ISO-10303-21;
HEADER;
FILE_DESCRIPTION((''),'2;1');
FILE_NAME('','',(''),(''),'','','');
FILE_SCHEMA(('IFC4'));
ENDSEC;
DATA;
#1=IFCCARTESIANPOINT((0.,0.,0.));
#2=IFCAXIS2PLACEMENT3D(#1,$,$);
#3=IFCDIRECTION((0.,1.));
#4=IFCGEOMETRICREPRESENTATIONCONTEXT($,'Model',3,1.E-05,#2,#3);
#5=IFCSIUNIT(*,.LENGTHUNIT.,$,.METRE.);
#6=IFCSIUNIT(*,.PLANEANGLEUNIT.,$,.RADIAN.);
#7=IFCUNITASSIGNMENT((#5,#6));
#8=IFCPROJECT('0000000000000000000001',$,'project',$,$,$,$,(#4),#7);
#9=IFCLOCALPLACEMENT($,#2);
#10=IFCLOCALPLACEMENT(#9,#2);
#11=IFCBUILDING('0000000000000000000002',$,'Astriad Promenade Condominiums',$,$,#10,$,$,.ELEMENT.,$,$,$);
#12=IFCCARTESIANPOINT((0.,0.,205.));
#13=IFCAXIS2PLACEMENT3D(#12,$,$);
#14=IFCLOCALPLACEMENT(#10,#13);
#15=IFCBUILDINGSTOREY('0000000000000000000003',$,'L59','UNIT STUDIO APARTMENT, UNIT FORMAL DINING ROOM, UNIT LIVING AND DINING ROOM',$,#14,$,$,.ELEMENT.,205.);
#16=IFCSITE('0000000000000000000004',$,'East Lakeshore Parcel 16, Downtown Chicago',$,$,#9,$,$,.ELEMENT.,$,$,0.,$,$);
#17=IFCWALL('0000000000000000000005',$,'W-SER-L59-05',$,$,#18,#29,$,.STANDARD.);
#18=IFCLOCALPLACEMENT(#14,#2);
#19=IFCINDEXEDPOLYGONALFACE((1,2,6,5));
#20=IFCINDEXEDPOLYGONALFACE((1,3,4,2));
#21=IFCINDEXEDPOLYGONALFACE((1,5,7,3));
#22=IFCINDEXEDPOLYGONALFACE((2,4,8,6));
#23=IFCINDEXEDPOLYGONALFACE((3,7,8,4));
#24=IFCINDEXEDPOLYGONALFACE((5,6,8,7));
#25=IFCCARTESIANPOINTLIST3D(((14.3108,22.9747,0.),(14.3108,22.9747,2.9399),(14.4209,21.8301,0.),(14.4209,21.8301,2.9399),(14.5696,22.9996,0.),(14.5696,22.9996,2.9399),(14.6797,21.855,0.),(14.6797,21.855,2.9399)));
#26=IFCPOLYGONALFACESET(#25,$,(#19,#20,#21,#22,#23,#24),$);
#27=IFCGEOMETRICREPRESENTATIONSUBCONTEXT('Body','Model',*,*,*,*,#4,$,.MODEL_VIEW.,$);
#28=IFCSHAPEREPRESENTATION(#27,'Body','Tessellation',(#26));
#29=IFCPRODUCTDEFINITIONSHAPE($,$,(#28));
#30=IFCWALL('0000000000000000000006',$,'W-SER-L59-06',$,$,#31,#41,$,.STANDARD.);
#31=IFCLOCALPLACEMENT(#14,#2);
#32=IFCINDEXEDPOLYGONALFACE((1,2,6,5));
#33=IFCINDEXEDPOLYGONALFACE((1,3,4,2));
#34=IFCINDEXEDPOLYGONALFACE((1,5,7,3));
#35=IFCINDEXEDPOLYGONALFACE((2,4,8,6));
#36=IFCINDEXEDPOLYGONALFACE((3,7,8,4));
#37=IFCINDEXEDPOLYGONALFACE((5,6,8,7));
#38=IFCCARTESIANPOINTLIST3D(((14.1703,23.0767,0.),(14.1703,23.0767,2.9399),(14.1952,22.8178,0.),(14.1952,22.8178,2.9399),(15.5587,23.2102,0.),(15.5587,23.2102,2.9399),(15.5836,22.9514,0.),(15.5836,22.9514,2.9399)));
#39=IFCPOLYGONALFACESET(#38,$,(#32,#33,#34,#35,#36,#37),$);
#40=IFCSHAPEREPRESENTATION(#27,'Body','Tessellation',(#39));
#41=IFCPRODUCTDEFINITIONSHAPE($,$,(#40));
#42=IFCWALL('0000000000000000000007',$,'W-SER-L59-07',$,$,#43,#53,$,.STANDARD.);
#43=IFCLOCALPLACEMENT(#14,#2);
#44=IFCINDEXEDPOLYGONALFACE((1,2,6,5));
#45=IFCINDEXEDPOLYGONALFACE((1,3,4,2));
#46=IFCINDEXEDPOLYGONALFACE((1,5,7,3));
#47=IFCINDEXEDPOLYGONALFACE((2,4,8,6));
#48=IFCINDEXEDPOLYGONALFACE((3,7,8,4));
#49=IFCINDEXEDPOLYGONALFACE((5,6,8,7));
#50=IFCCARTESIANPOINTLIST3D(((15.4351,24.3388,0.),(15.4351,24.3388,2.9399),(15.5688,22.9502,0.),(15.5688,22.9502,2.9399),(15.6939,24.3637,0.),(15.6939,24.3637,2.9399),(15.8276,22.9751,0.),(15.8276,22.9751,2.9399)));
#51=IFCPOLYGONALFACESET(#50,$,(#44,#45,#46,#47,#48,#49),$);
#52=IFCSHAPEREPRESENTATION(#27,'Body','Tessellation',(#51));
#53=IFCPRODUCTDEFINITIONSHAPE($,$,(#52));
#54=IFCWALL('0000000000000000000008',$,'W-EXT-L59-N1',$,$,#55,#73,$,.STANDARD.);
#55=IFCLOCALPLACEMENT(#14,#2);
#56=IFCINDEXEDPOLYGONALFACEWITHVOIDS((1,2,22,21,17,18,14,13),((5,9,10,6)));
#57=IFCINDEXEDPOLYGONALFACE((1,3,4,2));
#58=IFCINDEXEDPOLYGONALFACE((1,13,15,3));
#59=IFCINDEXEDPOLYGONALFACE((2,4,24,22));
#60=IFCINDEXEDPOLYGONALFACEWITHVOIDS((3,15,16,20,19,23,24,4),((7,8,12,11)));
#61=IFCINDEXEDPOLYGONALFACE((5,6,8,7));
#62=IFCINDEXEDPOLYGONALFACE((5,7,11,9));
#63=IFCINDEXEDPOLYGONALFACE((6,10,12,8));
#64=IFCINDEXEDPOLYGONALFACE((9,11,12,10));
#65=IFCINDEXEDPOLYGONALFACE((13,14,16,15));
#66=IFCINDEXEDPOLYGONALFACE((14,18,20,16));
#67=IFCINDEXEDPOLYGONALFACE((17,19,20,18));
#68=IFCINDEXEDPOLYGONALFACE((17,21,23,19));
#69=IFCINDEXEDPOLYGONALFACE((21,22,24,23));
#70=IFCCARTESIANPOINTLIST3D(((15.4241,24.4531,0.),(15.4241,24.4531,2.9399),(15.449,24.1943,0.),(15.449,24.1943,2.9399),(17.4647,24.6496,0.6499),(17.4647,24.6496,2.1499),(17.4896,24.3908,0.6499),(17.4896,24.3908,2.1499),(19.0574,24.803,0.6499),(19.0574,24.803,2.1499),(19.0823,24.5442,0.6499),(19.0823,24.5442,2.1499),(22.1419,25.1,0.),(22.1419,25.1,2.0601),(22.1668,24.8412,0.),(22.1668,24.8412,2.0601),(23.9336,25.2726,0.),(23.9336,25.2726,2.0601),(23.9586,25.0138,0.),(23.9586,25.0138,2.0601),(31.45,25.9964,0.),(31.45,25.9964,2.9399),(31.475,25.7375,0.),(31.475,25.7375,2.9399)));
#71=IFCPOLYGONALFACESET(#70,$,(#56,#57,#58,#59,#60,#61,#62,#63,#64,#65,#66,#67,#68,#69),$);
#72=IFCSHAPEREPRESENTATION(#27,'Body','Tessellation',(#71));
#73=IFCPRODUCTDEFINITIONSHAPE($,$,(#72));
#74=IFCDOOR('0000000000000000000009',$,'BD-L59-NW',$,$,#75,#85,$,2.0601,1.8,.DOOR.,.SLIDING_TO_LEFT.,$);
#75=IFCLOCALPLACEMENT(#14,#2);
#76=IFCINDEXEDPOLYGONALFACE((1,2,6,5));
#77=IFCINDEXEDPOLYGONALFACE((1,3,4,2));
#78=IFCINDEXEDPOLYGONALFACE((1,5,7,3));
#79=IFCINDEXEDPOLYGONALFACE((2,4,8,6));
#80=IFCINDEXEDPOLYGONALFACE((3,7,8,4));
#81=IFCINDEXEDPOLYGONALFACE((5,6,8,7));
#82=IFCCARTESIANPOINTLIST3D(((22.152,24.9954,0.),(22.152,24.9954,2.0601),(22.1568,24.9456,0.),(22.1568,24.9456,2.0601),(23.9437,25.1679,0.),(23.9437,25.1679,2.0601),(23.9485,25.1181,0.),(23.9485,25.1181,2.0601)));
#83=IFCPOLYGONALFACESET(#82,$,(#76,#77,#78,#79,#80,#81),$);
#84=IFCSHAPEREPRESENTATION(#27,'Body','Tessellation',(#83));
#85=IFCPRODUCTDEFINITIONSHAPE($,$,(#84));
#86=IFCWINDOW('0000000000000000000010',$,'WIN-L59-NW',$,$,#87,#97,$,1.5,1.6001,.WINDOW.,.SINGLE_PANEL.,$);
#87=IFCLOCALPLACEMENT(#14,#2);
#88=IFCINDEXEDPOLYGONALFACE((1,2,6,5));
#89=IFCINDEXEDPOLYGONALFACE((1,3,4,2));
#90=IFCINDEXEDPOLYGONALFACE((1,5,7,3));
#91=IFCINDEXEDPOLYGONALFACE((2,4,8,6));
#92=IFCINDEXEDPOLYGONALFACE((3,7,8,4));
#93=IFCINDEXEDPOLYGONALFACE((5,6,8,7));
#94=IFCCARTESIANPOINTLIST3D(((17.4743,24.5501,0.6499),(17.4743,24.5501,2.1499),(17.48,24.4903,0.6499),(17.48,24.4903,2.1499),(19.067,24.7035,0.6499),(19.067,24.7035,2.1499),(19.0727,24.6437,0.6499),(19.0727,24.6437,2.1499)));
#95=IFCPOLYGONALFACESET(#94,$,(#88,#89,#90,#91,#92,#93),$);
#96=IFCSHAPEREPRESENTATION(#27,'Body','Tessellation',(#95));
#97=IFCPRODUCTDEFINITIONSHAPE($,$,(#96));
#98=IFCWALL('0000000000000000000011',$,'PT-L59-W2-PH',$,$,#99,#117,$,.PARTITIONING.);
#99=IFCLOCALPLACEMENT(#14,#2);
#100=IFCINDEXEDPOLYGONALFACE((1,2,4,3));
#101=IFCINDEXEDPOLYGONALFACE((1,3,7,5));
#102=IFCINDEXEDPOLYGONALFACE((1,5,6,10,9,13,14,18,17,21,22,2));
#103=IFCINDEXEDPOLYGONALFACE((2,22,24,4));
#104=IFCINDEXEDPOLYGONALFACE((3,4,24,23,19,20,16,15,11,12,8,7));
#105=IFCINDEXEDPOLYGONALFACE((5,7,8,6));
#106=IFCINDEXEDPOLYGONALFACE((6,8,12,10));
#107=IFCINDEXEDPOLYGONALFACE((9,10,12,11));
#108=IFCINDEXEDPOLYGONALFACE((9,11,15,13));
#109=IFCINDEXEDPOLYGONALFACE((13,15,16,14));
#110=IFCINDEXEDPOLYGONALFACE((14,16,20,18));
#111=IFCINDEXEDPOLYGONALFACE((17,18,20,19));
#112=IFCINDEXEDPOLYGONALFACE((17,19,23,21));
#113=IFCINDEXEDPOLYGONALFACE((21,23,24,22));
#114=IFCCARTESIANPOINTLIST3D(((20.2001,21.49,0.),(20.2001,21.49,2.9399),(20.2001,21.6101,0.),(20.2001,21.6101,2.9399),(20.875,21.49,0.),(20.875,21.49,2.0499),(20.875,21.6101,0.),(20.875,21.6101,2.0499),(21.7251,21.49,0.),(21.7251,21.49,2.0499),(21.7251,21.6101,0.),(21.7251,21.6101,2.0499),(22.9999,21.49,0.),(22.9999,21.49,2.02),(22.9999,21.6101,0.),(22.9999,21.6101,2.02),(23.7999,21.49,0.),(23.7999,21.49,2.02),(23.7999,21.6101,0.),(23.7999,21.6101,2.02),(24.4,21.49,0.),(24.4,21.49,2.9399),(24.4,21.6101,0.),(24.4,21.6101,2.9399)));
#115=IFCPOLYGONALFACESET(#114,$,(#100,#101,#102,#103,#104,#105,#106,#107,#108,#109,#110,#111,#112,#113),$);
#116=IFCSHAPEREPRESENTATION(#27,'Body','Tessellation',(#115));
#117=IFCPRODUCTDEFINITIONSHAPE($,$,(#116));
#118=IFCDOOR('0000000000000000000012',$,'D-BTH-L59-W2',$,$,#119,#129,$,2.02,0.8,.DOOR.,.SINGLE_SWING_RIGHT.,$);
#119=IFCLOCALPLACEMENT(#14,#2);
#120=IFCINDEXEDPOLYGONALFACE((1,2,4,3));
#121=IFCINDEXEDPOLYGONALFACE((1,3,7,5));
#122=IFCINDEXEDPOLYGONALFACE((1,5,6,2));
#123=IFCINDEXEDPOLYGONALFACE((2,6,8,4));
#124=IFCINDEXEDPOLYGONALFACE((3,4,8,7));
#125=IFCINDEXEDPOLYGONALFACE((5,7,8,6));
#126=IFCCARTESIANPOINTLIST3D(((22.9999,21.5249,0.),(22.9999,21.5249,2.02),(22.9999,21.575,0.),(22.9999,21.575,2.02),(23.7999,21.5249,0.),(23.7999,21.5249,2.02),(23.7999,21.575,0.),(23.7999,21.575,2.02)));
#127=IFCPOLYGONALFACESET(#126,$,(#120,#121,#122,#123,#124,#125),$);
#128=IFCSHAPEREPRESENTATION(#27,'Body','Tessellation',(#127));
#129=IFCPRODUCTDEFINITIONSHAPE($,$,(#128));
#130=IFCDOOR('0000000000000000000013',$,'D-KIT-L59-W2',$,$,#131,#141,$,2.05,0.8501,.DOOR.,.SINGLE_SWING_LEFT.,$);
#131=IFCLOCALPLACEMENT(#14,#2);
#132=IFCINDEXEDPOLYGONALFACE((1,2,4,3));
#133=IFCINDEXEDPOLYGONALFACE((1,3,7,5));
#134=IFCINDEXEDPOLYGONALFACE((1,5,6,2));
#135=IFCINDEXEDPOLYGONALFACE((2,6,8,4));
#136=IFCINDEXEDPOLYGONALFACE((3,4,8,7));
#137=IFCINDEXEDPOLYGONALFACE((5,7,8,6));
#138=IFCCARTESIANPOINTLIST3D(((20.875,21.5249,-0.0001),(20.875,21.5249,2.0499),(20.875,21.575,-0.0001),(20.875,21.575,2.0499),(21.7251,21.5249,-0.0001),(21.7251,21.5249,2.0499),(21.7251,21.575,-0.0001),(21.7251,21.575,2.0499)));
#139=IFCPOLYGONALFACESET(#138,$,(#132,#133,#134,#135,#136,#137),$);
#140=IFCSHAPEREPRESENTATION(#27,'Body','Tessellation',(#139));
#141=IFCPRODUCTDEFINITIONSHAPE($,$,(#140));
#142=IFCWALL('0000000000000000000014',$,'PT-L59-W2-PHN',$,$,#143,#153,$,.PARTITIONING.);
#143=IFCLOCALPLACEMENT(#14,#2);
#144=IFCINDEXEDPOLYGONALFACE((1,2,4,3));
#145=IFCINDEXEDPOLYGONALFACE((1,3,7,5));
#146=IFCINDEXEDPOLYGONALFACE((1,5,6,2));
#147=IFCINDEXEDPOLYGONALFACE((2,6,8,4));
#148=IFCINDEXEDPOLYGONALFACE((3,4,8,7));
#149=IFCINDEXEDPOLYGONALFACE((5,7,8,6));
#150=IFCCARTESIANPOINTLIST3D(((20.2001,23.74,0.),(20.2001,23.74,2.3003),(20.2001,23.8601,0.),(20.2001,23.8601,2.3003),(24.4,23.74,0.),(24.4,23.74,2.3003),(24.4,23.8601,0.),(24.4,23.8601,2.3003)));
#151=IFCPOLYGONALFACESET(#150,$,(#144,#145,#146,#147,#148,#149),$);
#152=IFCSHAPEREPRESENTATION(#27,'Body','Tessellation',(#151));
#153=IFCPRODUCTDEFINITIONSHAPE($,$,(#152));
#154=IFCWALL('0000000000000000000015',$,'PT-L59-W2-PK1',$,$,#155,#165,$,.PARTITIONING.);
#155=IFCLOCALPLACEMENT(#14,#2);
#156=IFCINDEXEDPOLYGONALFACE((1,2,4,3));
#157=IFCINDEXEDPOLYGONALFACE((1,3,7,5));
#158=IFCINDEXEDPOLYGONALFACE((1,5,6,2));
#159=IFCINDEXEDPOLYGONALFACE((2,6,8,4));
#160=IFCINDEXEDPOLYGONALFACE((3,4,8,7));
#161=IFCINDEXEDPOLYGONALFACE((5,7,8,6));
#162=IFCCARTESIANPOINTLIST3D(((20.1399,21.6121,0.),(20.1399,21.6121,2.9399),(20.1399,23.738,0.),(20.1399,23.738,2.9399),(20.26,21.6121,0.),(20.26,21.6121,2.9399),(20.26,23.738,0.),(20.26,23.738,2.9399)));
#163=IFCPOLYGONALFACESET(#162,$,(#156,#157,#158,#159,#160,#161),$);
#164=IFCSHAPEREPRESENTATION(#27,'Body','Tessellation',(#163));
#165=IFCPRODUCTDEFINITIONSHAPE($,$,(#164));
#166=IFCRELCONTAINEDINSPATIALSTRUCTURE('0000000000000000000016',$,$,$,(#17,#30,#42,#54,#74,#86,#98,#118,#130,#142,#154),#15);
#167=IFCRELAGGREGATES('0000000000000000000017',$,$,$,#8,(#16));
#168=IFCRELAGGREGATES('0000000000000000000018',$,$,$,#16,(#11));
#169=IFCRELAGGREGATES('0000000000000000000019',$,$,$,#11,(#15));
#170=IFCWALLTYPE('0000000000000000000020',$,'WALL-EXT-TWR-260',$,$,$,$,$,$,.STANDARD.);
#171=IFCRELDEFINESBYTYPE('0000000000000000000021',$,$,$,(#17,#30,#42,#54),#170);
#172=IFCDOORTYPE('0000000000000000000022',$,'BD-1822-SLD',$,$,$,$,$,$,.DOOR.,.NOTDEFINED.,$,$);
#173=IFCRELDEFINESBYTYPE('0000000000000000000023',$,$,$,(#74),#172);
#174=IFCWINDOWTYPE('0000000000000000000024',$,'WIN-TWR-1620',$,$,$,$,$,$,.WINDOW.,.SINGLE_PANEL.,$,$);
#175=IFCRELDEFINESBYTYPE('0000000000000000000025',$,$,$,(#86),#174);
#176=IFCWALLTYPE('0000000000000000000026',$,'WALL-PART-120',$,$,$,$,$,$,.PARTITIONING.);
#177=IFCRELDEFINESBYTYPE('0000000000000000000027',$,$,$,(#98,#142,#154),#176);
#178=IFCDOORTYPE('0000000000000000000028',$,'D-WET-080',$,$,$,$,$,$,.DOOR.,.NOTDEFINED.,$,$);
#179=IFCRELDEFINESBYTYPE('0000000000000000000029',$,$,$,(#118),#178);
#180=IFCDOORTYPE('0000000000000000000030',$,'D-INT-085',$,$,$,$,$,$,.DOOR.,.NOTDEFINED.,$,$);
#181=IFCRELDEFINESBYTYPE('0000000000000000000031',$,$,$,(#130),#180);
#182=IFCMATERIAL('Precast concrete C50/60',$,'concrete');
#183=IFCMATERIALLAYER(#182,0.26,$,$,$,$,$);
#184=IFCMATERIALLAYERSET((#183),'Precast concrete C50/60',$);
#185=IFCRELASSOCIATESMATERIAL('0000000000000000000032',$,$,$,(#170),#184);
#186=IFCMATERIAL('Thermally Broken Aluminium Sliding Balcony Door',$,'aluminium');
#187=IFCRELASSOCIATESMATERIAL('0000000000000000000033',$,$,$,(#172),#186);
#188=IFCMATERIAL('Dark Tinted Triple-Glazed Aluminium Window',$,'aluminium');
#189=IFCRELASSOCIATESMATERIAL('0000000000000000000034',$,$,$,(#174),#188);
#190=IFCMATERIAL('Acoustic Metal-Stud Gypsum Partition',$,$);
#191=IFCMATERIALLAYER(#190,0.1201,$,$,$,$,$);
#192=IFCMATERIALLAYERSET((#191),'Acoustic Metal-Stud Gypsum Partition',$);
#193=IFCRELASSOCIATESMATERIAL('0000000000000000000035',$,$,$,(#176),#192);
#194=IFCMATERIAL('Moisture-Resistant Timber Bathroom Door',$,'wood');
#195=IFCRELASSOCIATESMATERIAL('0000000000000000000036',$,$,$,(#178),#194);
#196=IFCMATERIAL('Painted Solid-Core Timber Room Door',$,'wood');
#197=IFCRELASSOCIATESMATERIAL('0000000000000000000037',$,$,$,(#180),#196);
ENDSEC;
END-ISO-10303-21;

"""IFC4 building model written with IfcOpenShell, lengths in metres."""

from ifc_helpers import new_model, si_unit, direction, frame, frame_2d, origin, place, context, subcontext, project, spatial, rectangle, extrude, source, transform, mapped, material, layer, layer_set, type_object, type_shapes, element, fill, save


model = new_model("IFC4")

# Units and contexts
model_context = context("Model", 3, precision=1e-05, world=origin(), true_north=direction((0.0, 1.0)))
body_context = subcontext(model_context, "Body", "Model", "MODEL_VIEW")
ifc_project = project(units=[si_unit("LENGTHUNIT", "METRE"), si_unit("PLANEANGLEUNIT", "RADIAN")], contexts=[model_context])

# Site, building, storey
site_placement = place(None, origin())
site = spatial("IfcSite", under=ifc_project, at=site_placement, Name="East Lakeshore Parcel 16, Downtown Chicago", CompositionType="ELEMENT", RefElevation=0.0)
building_placement = place(site_placement, origin())
building = spatial("IfcBuilding", under=site, at=building_placement, Name="Astriad Promenade Condominiums", CompositionType="ELEMENT")
storey_placement = place(building_placement, frame((0.0, 0.0, 205.0)))
storey = spatial("IfcBuildingStorey", under=building, at=storey_placement, Name="L59", Description="UNIT STUDIO APARTMENT, UNIT FORMAL DINING ROOM, UNIT LIVING AND DINING ROOM", CompositionType="ELEMENT", Elevation=205.0)

# Walls
ifc_material_1 = material(Name="Precast concrete C50/60", Category="concrete")
ifc_layer_1 = layer(ifc_material_1, 0.26)
ifc_layer_set_1 = layer_set([ifc_layer_1], Name="Precast concrete C50/60")
wall_type_1 = type_object("IfcWallType", Name="WALL-EXT-TWR-260", PredefinedType="STANDARD", material=ifc_layer_set_1)
wall_1_placement = place(storey_placement, frame((14.5503, 21.8425, 0.0), z_axis=(0.0, 0.0, 1.0), x_axis=(-0.095761, 0.995404, 0.0)))
element("IfcWall", 1, at=wall_1_placement, inside=storey, type_object=wall_type_1, Name="W-SER-L59-05", PredefinedType="STANDARD", context=body_context, shape_type="SweptSolid", body=[
    extrude(rectangle(XDim=1.1499, YDim=0.26, at=frame_2d((0.575, 0.0))), origin(), (0.0, 0.0, 1.0), 2.9399),
])
wall_2_placement = place(storey_placement, frame((14.1829, 22.9473, 0.0), z_axis=(0.0, 0.0, 1.0), x_axis=(0.995406, 0.095742, 0.0)))
element("IfcWall", 2, at=wall_2_placement, inside=storey, type_object=wall_type_1, Name="W-SER-L59-06", PredefinedType="STANDARD", context=body_context, shape_type="SweptSolid", body=[
    extrude(rectangle(XDim=1.3948, YDim=0.26, at=frame_2d((0.6973, 0.0))), origin(), (0.0, 0.0, 1.0), 2.9399),
])
wall_3_placement = place(storey_placement, frame((15.6982, 22.9626, 0.0), z_axis=(0.0, 0.0, 1.0), x_axis=(-0.095899, 0.995391, 0.0)))
element("IfcWall", 3, at=wall_3_placement, inside=storey, type_object=wall_type_1, Name="W-SER-L59-07", PredefinedType="STANDARD", context=body_context, shape_type="SweptSolid", body=[
    extrude(rectangle(XDim=1.395, YDim=0.26, at=frame_2d((0.6975, 0.0))), origin(), (0.0, 0.0, 1.0), 2.9399),
])

# Wall, openings, door, window
wall_4_placement = place(storey_placement, frame((15.4365, 24.3237, 0.0), z_axis=(0.0, 0.0, 1.0), x_axis=(0.995396, 0.095852, 0.0)))
wall_4 = element("IfcWall", 4, at=wall_4_placement, inside=storey, type_object=wall_type_1, Name="W-EXT-L59-N1", PredefinedType="STANDARD", context=body_context, shape_type="SweptSolid", body=[
    extrude(rectangle(XDim=16.1001, YDim=0.26, at=frame_2d((8.05, 0.0))), origin(), (0.0, 0.0, 1.0), 2.9399),
])
opening_1_placement = place(wall_4_placement, frame((6.749, 0.0, 0.0)))
opening_1 = element("IfcOpeningElement", 5, at=opening_1_placement, cuts=wall_4, PredefinedType="OPENING", context=body_context, shape_type="SweptSolid", body=[
    extrude(rectangle(XDim=1.8, YDim=2.0601, at=frame_2d((0.8999, 1.03))), frame((0.0, 0.1399, 0.0), z_axis=(0.0, -1.0, 0.0), x_axis=(1.0, 0.0, 0.0)), (0.0, 0.0, 1.0), 0.28),
])
opening_2_placement = place(wall_4_placement, frame((2.05, 0.0, 0.6499)))
opening_2 = element("IfcOpeningElement", 6, at=opening_2_placement, cuts=wall_4, PredefinedType="OPENING", context=body_context, shape_type="SweptSolid", body=[
    extrude(rectangle(XDim=1.6001, YDim=1.5, at=frame_2d((0.8, 0.75))), frame((0.0, 0.1399, 0.0), z_axis=(0.0, -1.0, 0.0), x_axis=(1.0, 0.0, 0.0)), (0.0, 0.0, 1.0), 0.28),
])
ifc_material_2 = material(Name="Thermally Broken Aluminium Sliding Balcony Door", Category="aluminium")
door_type_1 = type_object("IfcDoorType", Name="BD-1822-SLD", OperationType="NOTDEFINED", PredefinedType="DOOR", material=ifc_material_2)
shared_shape_1 = source(origin(), body_context, "Body", "SweptSolid", [
    extrude(rectangle(XDim=1.8, YDim=2.0601, at=frame_2d((0.8999, 1.03))), frame((0.0, 0.0249, 0.0), z_axis=(0.0, -1.0, 0.0), x_axis=(1.0, 0.0, 0.0)), (0.0, 0.0, 1.0), 0.05),
])
type_shapes(door_type_1, [shared_shape_1])
door_1_placement = place(opening_1_placement, origin())
door_1 = element("IfcDoor", 7, at=door_1_placement, inside=storey, type_object=door_type_1, Name="BD-L59-NW", OperationType="SLIDING_TO_LEFT", OverallHeight=2.0601, OverallWidth=1.8, PredefinedType="DOOR", context=body_context, shape_type="MappedRepresentation", body=[
    mapped(shared_shape_1, transform((0.0, 0.0, 0.0), scale=1.0)),
])
fill(opening_1, door_1)
ifc_material_3 = material(Name="Dark Tinted Triple-Glazed Aluminium Window", Category="aluminium")
window_type = type_object("IfcWindowType", Name="WIN-TWR-1620", PartitioningType="SINGLE_PANEL", PredefinedType="WINDOW", material=ifc_material_3)
shared_shape_2 = source(origin(), body_context, "Body", "SweptSolid", [
    extrude(rectangle(XDim=1.6001, YDim=1.5, at=frame_2d((0.8, 0.75))), frame((0.0, 0.03, 0.0), z_axis=(0.0, -1.0, 0.0), x_axis=(1.0, 0.0, 0.0)), (0.0, 0.0, 1.0), 0.0601),
])
type_shapes(window_type, [shared_shape_2])
window_placement = place(opening_2_placement, origin())
window = element("IfcWindow", 8, at=window_placement, inside=storey, type_object=window_type, Name="WIN-L59-NW", OverallHeight=1.5, OverallWidth=1.6001, PartitioningType="SINGLE_PANEL", PredefinedType="WINDOW", context=body_context, shape_type="MappedRepresentation", body=[
    mapped(shared_shape_2, transform((0.0, 0.0, 0.0), scale=1.0)),
])
fill(opening_2, window)

# Wall, openings, doors
ifc_material_4 = material(Name="Acoustic Metal-Stud Gypsum Partition")
ifc_layer_2 = layer(ifc_material_4, 0.1201)
ifc_layer_set_2 = layer_set([ifc_layer_2], Name="Acoustic Metal-Stud Gypsum Partition")
wall_type_2 = type_object("IfcWallType", Name="WALL-PART-120", PredefinedType="PARTITIONING", material=ifc_layer_set_2)
wall_5_placement = place(storey_placement, frame((20.2, 21.55, 0.0), z_axis=(0.0, 0.0, 1.0), x_axis=(1.0, 0.0, 0.0)))
wall_5 = element("IfcWall", 9, at=wall_5_placement, inside=storey, type_object=wall_type_2, Name="PT-L59-W2-PH", PredefinedType="PARTITIONING", context=body_context, shape_type="SweptSolid", body=[
    extrude(rectangle(XDim=4.2, YDim=0.1201, at=frame_2d((2.1001, 0.0))), origin(), (0.0, 0.0, 1.0), 2.9399),
])
opening_3_placement = place(wall_5_placement, frame((0.675, 0.0, 0.0)))
opening_3 = element("IfcOpeningElement", 10, at=opening_3_placement, cuts=wall_5, PredefinedType="OPENING", context=body_context, shape_type="SweptSolid", body=[
    extrude(rectangle(XDim=0.8501, YDim=2.05, at=frame_2d((0.425, 1.0249))), frame((0.0, 0.0701, 0.0), z_axis=(0.0, -1.0, 0.0), x_axis=(1.0, 0.0, 0.0)), (0.0, 0.0, 1.0), 0.1401),
])
opening_4_placement = place(wall_5_placement, frame((2.8, 0.0, 0.0)))
opening_4 = element("IfcOpeningElement", 11, at=opening_4_placement, cuts=wall_5, PredefinedType="OPENING", context=body_context, shape_type="SweptSolid", body=[
    extrude(rectangle(XDim=0.8, YDim=2.02, at=frame_2d((0.3999, 1.01))), frame((0.0, 0.0701, 0.0), z_axis=(0.0, -1.0, 0.0), x_axis=(1.0, 0.0, 0.0)), (0.0, 0.0, 1.0), 0.1401),
])
ifc_material_5 = material(Name="Moisture-Resistant Timber Bathroom Door", Category="wood")
door_type_2 = type_object("IfcDoorType", Name="D-WET-080", OperationType="NOTDEFINED", PredefinedType="DOOR", material=ifc_material_5)
shared_shape_3 = source(origin(), body_context, "Body", "SweptSolid", [
    extrude(rectangle(XDim=0.8, YDim=2.02, at=frame_2d((0.3999, 1.01))), frame((0.0, 0.0249, 0.0), z_axis=(0.0, -1.0, 0.0), x_axis=(1.0, 0.0, 0.0)), (0.0, 0.0, 1.0), 0.05),
])
type_shapes(door_type_2, [shared_shape_3])
door_2_placement = place(opening_4_placement, origin())
door_2 = element("IfcDoor", 12, at=door_2_placement, inside=storey, type_object=door_type_2, Name="D-BTH-L59-W2", OperationType="SINGLE_SWING_RIGHT", OverallHeight=2.02, OverallWidth=0.8, PredefinedType="DOOR", context=body_context, shape_type="MappedRepresentation", body=[
    mapped(shared_shape_3, transform((0.0, 0.0, 0.0), scale=1.0)),
])
fill(opening_4, door_2)
ifc_material_6 = material(Name="Painted Solid-Core Timber Room Door", Category="wood")
door_type_3 = type_object("IfcDoorType", Name="D-INT-085", OperationType="NOTDEFINED", PredefinedType="DOOR", material=ifc_material_6)
shared_shape_4 = source(origin(), body_context, "Body", "SweptSolid", [
    extrude(rectangle(XDim=0.8501, YDim=2.05, at=frame_2d((0.425, 1.0249))), frame((0.0, 0.0249, 0.0), z_axis=(0.0, -1.0, 0.0), x_axis=(1.0, 0.0, 0.0)), (0.0, 0.0, 1.0), 0.05),
])
type_shapes(door_type_3, [shared_shape_4])
door_3_placement = place(opening_3_placement, origin())
door_3 = element("IfcDoor", 13, at=door_3_placement, inside=storey, type_object=door_type_3, Name="D-KIT-L59-W2", OperationType="SINGLE_SWING_LEFT", OverallHeight=2.05, OverallWidth=0.8501, PredefinedType="DOOR", context=body_context, shape_type="MappedRepresentation", body=[
    mapped(shared_shape_4, transform((0.0, 0.0, 0.0), scale=1.0)),
])
fill(opening_3, door_3)

# Walls
wall_6_placement = place(storey_placement, frame((20.2, 23.8, 0.0), z_axis=(0.0, 0.0, 1.0), x_axis=(1.0, 0.0, 0.0)))
element("IfcWall", 14, at=wall_6_placement, inside=storey, type_object=wall_type_2, Name="PT-L59-W2-PHN", PredefinedType="PARTITIONING", context=body_context, shape_type="SweptSolid", body=[
    extrude(rectangle(XDim=4.2, YDim=0.1201, at=frame_2d((2.1001, 0.0))), origin(), (0.0, 0.0, 1.0), 2.3003),
])
wall_7_placement = place(storey_placement, frame((20.2, 21.6121, 0.0), z_axis=(0.0, 0.0, 1.0), x_axis=(0.0, 1.0, 0.0)))
element("IfcWall", 15, at=wall_7_placement, inside=storey, type_object=wall_type_2, Name="PT-L59-W2-PK1", PredefinedType="PARTITIONING", context=body_context, shape_type="SweptSolid", body=[
    extrude(rectangle(XDim=2.126, YDim=0.1201, at=frame_2d((1.063, 0.0))), origin(), (0.0, 0.0, 1.0), 2.9399),
])

save(model, "model.ifc")
